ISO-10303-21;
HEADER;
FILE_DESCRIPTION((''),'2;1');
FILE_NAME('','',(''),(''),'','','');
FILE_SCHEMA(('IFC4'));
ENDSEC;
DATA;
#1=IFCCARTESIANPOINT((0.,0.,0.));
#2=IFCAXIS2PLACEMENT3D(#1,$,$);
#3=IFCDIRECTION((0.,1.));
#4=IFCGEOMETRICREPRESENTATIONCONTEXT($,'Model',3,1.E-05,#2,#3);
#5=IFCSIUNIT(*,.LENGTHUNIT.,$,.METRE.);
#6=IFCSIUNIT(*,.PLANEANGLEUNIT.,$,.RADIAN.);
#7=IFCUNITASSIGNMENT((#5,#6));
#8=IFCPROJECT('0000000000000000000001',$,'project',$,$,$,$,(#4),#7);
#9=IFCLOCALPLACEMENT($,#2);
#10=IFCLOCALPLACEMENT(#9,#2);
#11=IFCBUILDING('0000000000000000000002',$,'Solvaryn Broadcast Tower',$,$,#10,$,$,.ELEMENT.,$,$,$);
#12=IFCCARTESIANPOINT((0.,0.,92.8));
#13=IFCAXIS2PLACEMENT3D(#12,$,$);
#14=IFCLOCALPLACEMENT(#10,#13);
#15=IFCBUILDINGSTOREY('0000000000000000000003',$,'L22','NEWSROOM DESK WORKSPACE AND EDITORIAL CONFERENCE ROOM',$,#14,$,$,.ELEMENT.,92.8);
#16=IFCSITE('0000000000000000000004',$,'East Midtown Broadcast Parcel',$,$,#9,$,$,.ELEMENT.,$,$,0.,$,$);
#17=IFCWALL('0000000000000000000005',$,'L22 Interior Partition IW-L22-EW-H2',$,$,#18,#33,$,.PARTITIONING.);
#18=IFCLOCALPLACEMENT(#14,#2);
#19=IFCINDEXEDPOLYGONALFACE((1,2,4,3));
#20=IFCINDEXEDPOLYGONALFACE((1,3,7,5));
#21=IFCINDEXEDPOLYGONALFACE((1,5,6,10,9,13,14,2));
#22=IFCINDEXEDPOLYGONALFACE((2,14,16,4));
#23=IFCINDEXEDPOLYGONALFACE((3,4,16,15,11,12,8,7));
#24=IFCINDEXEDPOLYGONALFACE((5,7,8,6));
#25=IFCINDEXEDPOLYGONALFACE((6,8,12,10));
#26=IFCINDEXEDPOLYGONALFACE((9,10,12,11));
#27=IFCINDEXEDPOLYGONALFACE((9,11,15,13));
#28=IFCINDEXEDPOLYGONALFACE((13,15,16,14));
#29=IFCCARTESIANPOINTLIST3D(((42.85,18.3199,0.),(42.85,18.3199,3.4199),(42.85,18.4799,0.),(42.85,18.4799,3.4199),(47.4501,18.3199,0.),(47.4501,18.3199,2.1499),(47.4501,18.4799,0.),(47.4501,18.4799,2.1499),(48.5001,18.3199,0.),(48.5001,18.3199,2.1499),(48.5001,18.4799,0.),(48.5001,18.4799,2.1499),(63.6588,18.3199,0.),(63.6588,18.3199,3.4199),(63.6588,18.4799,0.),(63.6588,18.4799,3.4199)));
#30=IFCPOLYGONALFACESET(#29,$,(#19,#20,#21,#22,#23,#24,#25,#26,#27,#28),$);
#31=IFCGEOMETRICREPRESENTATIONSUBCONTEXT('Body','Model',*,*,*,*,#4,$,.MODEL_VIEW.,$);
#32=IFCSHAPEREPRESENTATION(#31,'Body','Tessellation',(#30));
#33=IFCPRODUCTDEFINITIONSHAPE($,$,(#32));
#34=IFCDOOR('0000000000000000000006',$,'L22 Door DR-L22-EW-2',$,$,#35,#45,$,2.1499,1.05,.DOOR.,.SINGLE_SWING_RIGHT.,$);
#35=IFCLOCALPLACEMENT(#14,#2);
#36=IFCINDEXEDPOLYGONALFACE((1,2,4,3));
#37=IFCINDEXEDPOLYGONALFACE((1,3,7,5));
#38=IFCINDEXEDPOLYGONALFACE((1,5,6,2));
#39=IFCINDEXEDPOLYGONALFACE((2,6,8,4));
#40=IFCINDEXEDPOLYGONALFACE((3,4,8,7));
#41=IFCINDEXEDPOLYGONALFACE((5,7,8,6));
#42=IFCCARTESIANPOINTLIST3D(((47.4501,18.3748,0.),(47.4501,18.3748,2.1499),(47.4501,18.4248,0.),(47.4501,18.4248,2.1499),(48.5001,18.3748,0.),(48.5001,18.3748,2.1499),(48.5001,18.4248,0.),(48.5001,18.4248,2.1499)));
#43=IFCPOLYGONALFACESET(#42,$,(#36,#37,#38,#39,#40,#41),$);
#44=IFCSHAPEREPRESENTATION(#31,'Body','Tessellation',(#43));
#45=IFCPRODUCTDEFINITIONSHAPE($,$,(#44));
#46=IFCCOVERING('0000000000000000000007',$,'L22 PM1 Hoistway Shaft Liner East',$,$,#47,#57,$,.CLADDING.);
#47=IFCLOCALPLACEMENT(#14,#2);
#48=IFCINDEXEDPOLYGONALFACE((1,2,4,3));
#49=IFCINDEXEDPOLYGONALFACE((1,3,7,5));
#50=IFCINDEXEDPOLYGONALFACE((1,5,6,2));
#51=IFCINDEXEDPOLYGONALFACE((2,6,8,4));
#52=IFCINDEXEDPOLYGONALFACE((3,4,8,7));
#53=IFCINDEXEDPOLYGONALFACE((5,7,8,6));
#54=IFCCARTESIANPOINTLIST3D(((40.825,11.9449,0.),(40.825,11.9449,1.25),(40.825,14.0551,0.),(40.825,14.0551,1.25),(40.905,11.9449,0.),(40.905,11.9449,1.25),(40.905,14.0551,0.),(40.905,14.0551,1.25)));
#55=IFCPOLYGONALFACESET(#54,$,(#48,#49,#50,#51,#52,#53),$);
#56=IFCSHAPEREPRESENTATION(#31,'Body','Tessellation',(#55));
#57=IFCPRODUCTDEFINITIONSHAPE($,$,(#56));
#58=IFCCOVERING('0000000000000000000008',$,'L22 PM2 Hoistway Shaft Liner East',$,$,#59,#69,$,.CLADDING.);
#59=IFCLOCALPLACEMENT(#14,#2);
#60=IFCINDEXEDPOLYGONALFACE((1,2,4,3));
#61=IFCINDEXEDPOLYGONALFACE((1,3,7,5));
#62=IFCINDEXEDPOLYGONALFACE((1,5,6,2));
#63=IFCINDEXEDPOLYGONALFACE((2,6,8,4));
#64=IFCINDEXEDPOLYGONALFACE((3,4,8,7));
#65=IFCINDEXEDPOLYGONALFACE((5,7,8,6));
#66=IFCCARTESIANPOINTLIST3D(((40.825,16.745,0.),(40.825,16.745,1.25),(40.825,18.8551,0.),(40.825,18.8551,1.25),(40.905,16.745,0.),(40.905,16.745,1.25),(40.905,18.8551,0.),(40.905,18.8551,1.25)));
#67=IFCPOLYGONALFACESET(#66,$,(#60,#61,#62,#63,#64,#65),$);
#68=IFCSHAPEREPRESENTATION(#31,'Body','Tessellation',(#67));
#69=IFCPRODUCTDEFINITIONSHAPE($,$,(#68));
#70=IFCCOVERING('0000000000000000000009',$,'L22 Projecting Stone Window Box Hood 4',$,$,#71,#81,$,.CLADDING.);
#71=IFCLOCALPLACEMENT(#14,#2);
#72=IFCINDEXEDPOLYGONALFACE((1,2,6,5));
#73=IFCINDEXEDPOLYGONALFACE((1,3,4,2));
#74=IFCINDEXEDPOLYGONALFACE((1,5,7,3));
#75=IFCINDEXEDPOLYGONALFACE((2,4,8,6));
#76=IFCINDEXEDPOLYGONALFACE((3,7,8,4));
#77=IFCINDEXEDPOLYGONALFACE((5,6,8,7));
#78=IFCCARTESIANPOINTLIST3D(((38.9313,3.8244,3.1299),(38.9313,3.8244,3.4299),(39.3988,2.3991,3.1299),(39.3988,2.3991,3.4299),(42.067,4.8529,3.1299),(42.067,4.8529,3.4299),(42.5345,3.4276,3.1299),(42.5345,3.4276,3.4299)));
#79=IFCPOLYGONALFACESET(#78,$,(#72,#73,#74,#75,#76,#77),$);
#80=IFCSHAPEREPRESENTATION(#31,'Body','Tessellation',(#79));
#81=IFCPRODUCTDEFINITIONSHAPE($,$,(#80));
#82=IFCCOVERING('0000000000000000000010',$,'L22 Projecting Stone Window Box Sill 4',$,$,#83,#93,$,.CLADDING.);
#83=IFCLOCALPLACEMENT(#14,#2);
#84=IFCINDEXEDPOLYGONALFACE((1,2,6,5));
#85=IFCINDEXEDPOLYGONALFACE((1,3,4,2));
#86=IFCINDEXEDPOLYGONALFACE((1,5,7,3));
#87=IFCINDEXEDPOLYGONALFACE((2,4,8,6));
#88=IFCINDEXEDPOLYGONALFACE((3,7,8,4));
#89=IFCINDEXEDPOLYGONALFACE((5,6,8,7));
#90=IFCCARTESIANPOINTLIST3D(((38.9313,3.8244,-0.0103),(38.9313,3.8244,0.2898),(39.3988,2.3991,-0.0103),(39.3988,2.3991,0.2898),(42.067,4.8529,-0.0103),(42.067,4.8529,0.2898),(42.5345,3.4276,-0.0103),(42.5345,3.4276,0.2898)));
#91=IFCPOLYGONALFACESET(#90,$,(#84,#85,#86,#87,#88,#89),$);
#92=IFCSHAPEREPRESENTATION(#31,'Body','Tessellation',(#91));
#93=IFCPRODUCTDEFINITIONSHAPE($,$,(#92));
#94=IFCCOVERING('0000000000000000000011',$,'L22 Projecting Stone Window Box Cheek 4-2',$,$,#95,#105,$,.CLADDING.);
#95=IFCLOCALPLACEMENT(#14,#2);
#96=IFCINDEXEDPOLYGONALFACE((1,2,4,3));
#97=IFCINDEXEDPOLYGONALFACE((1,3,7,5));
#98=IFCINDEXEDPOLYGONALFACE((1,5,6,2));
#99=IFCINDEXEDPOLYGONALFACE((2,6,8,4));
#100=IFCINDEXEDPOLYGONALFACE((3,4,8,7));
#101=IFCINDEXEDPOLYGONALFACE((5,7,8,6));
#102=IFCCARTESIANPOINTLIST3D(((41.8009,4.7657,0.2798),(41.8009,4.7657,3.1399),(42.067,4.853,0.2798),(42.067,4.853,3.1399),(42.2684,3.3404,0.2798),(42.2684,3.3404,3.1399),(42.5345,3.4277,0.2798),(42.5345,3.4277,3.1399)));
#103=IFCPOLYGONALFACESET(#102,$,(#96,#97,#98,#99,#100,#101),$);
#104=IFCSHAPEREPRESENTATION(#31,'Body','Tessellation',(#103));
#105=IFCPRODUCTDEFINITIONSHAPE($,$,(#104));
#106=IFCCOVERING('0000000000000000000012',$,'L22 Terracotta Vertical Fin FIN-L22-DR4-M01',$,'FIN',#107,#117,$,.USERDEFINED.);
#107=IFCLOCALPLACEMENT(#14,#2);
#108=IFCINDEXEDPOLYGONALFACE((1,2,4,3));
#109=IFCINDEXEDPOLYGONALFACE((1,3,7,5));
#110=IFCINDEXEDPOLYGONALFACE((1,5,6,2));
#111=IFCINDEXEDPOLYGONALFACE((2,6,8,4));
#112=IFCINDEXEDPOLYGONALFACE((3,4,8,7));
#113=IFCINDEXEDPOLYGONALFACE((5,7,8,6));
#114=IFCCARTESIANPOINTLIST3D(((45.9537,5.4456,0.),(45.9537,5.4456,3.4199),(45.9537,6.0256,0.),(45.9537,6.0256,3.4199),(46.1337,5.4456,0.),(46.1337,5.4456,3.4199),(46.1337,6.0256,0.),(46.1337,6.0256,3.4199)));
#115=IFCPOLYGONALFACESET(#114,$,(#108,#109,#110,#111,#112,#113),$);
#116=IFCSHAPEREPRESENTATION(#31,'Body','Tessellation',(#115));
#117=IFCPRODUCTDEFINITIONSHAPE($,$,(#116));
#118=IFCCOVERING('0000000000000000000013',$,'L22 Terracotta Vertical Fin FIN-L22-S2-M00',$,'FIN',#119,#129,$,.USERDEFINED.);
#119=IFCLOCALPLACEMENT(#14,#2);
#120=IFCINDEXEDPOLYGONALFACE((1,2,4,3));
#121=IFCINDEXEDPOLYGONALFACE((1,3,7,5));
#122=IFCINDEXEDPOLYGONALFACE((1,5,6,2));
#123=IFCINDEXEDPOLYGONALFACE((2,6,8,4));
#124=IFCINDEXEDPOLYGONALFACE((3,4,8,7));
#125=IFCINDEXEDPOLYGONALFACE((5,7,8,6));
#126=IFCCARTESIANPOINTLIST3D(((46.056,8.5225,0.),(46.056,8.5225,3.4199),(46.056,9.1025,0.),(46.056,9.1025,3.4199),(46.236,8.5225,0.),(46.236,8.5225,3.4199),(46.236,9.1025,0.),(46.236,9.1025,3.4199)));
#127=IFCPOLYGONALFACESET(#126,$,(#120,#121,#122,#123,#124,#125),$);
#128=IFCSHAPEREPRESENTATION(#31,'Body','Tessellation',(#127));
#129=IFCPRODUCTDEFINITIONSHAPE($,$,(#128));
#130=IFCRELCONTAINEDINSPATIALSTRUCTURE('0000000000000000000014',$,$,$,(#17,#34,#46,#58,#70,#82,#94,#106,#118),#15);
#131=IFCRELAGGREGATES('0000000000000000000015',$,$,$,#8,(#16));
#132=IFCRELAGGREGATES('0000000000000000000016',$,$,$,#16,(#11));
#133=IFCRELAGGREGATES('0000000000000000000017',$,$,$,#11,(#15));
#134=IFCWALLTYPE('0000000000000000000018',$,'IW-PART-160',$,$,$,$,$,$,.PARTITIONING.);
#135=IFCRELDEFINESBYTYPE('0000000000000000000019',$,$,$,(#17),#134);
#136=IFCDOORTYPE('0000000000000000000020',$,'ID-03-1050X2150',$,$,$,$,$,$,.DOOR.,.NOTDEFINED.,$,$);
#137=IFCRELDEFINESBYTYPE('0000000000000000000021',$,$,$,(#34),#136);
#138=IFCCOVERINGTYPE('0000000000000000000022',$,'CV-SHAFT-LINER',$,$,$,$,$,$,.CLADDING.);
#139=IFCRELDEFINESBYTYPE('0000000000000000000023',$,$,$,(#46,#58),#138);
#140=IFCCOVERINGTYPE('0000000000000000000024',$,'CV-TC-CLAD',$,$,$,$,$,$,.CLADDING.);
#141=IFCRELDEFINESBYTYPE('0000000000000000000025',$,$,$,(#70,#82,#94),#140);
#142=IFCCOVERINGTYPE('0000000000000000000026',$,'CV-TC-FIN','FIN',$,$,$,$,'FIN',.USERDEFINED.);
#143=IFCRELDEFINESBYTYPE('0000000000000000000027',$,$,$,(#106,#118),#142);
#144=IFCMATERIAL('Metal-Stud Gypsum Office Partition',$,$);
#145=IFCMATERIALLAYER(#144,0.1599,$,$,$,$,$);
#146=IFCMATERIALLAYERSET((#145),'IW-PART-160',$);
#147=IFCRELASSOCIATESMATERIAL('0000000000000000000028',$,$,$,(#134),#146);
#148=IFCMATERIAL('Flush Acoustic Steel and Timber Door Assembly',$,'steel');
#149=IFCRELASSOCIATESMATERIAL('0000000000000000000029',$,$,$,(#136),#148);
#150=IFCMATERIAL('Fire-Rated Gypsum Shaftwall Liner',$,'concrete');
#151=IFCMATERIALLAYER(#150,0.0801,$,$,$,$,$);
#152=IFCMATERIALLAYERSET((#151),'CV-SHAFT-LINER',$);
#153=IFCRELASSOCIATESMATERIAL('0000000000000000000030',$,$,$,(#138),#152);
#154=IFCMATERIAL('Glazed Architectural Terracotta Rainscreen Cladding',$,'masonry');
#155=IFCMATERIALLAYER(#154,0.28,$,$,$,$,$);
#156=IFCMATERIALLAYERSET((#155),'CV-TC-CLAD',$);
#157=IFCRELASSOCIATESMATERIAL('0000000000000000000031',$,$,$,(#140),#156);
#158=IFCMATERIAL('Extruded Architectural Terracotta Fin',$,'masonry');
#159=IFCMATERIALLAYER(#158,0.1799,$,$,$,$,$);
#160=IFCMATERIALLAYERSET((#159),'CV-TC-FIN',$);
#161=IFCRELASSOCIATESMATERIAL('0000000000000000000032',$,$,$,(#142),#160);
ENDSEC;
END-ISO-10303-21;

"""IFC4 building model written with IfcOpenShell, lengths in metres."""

from ifc_helpers import new_model, si_unit, direction, frame, frame_2d, origin, origin_2d, place, context, subcontext, project, spatial, rectangle, extrude, material, layer, layer_set, type_object, element, fill, save


model = new_model("IFC4")

# Units and contexts
model_context = context("Model", 3, precision=1e-05, world=origin(), true_north=direction((0.0, 1.0)))
body_context = subcontext(model_context, "Body", "Model", "MODEL_VIEW")
ifc_project = project(units=[si_unit("LENGTHUNIT", "METRE"), si_unit("PLANEANGLEUNIT", "RADIAN")], contexts=[model_context])

# Site, building, storey
site_placement = place(None, origin())
site = spatial("IfcSite", under=ifc_project, at=site_placement, Name="East Midtown Broadcast Parcel", CompositionType="ELEMENT", RefElevation=0.0)
building_placement = place(site_placement, origin())
building = spatial("IfcBuilding", under=site, at=building_placement, Name="Solvaryn Broadcast Tower", CompositionType="ELEMENT")
storey_placement = place(building_placement, frame((0.0, 0.0, 92.8)))
storey = spatial("IfcBuildingStorey", under=building, at=storey_placement, Name="L22", Description="NEWSROOM DESK WORKSPACE AND EDITORIAL CONFERENCE ROOM", CompositionType="ELEMENT", Elevation=92.8)

# Shared definitions
ifc_material_1 = material(Name="Metal-Stud Gypsum Office Partition")
ifc_layer_1 = layer(ifc_material_1, 0.1599)
ifc_layer_set_1 = layer_set([ifc_layer_1], Name="IW-PART-160")
wall_type_1 = type_object("IfcWallType", Name="IW-PART-160", PredefinedType="PARTITIONING", material=ifc_layer_set_1)

# Wall, opening, door
wall_1_placement = place(storey_placement, frame((42.8501, 18.3999, 0.0), z_axis=(0.0, 0.0, 1.0), x_axis=(1.0, 0.0, 0.0)))
wall_1 = element("IfcWall", 1, at=wall_1_placement, inside=storey, type_object=wall_type_1, Name="L22 Interior Partition IW-L22-EW-H2", PredefinedType="PARTITIONING", context=body_context, shape_type="SweptSolid", body=[
    extrude(rectangle(XDim=20.8088, YDim=0.1599, at=frame_2d((10.4043, 0.0))), origin(), (0.0, 0.0, 1.0), 3.4199),
])
opening_1_placement = place(wall_1_placement, frame((4.6001, 0.0, 0.0)))
opening_1 = element("IfcOpeningElement", 2, at=opening_1_placement, cuts=wall_1, PredefinedType="OPENING", context=body_context, shape_type="SweptSolid", body=[
    extrude(rectangle(XDim=1.05, YDim=2.1499, at=frame_2d((0.5249, 1.075))), frame((0.0, 0.0901, 0.0), z_axis=(0.0, -1.0, 0.0), x_axis=(1.0, 0.0, 0.0)), (0.0, 0.0, 1.0), 0.1799),
])
ifc_material_2 = material(Name="Flush Acoustic Steel and Timber Door Assembly", Category="steel")
door_type_1 = type_object("IfcDoorType", Name="ID-03-1050X2150", OperationType="NOTDEFINED", PredefinedType="DOOR", material=ifc_material_2)
door_1_placement = place(opening_1_placement, origin())
door_1 = element("IfcDoor", 3, at=door_1_placement, inside=storey, type_object=door_type_1, Name="L22 Door DR-L22-EW-2", OperationType="SINGLE_SWING_RIGHT", OverallHeight=2.1499, OverallWidth=1.05, PredefinedType="DOOR", context=body_context, shape_type="SweptSolid", body=[
    extrude(rectangle(XDim=1.05, YDim=2.1499, at=frame_2d((0.5249, 1.075))), frame((0.0, 0.0249, 0.0), z_axis=(0.0, -1.0, 0.0), x_axis=(1.0, 0.0, 0.0)), (0.0, 0.0, 1.0), 0.05),
])
fill(opening_1, door_1)

# Coverings
ifc_material_3 = material(Name="Fire-Rated Gypsum Shaftwall Liner", Category="concrete")
ifc_layer_2 = layer(ifc_material_3, 0.0801)
ifc_layer_set_2 = layer_set([ifc_layer_2], Name="CV-SHAFT-LINER")
covering_type_1 = type_object("IfcCoveringType", Name="CV-SHAFT-LINER", PredefinedType="CLADDING", material=ifc_layer_set_2)
for number, where, z_axis, x_axis, name in (
    (4, (40.865, 13.0, 0.0), (0.0, 0.0, 1.0), (1.0, 0.0, 0.0), "L22 PM1 Hoistway Shaft Liner East"),
    (5, (40.865, 17.8, 0.0), (0.0, 0.0, 1.0), (1.0, 0.0, 0.0), "L22 PM2 Hoistway Shaft Liner East"),
):
    element("IfcCovering", number, at=place(storey_placement, frame(where, z_axis=z_axis, x_axis=x_axis)), inside=storey, type_object=covering_type_1, Name=name, PredefinedType="CLADDING", context=body_context, shape_type="SweptSolid", body=[
        extrude(rectangle(XDim=0.0801, YDim=2.1101, at=origin_2d()), origin(), (0.0, 0.0, 1.0), 1.25),
    ])
ifc_material_4 = material(Name="Glazed Architectural Terracotta Rainscreen Cladding", Category="masonry")
ifc_layer_3 = layer(ifc_material_4, 0.28)
ifc_layer_set_3 = layer_set([ifc_layer_3], Name="CV-TC-CLAD")
covering_type_2 = type_object("IfcCoveringType", Name="CV-TC-CLAD", PredefinedType="CLADDING", material=ifc_layer_set_3)
for number, where, z_axis, x_axis, name in (
    (6, (40.7329, 3.626, 3.1299), (0.0, 0.0, 1.0), (0.95019, 0.311672, 0.0), "L22 Projecting Stone Window Box Hood 4"),
    (7, (40.7329, 3.626, -0.0103), (0.0, 0.0, 1.0), (0.95019, 0.311672, 0.0), "L22 Projecting Stone Window Box Sill 4"),
):
    element("IfcCovering", number, at=place(storey_placement, frame(where, z_axis=z_axis, x_axis=x_axis)), inside=storey, type_object=covering_type_2, Name=name, PredefinedType="CLADDING", context=body_context, shape_type="SweptSolid", body=[
        extrude(rectangle(XDim=3.3, YDim=1.5, at=origin_2d()), origin(), (0.0, 0.0, 1.0), 0.3),
    ])
covering_placement = place(storey_placement, frame((42.1677, 4.0967, 0.2798), z_axis=(0.0, 0.0, 1.0), x_axis=(0.95019, 0.311672, 0.0)))
element("IfcCovering", 8, at=covering_placement, inside=storey, type_object=covering_type_2, Name="L22 Projecting Stone Window Box Cheek 4-2", PredefinedType="CLADDING", context=body_context, shape_type="SweptSolid", body=[
    extrude(rectangle(XDim=0.28, YDim=1.5, at=origin_2d()), origin(), (0.0, 0.0, 1.0), 2.8601),
])
ifc_material_5 = material(Name="Extruded Architectural Terracotta Fin", Category="masonry")
ifc_layer_4 = layer(ifc_material_5, 0.1799)
ifc_layer_set_4 = layer_set([ifc_layer_4], Name="CV-TC-FIN")
covering_type_3 = type_object("IfcCoveringType", Name="CV-TC-FIN", Description="FIN", ElementType="FIN", PredefinedType="USERDEFINED", material=ifc_layer_set_4)
for number, where, z_axis, x_axis, name in (
    (9, (46.0437, 5.7356, 0.0), (0.0, 0.0, 1.0), (1.0, 0.0, 0.0), "L22 Terracotta Vertical Fin FIN-L22-DR4-M01"),
    (10, (46.146, 8.8125, 0.0), (0.0, 0.0, 1.0), (1.0, 0.0, 0.0), "L22 Terracotta Vertical Fin FIN-L22-S2-M00"),
):
    element("IfcCovering", number, at=place(storey_placement, frame(where, z_axis=z_axis, x_axis=x_axis)), inside=storey, type_object=covering_type_3, Name=name, ObjectType="FIN", PredefinedType="USERDEFINED", context=body_context, shape_type="SweptSolid", body=[
        extrude(rectangle(XDim=0.1799, YDim=0.5801, at=origin_2d()), origin(), (0.0, 0.0, 1.0), 3.4199),
    ])

save(model, "model.ifc")
